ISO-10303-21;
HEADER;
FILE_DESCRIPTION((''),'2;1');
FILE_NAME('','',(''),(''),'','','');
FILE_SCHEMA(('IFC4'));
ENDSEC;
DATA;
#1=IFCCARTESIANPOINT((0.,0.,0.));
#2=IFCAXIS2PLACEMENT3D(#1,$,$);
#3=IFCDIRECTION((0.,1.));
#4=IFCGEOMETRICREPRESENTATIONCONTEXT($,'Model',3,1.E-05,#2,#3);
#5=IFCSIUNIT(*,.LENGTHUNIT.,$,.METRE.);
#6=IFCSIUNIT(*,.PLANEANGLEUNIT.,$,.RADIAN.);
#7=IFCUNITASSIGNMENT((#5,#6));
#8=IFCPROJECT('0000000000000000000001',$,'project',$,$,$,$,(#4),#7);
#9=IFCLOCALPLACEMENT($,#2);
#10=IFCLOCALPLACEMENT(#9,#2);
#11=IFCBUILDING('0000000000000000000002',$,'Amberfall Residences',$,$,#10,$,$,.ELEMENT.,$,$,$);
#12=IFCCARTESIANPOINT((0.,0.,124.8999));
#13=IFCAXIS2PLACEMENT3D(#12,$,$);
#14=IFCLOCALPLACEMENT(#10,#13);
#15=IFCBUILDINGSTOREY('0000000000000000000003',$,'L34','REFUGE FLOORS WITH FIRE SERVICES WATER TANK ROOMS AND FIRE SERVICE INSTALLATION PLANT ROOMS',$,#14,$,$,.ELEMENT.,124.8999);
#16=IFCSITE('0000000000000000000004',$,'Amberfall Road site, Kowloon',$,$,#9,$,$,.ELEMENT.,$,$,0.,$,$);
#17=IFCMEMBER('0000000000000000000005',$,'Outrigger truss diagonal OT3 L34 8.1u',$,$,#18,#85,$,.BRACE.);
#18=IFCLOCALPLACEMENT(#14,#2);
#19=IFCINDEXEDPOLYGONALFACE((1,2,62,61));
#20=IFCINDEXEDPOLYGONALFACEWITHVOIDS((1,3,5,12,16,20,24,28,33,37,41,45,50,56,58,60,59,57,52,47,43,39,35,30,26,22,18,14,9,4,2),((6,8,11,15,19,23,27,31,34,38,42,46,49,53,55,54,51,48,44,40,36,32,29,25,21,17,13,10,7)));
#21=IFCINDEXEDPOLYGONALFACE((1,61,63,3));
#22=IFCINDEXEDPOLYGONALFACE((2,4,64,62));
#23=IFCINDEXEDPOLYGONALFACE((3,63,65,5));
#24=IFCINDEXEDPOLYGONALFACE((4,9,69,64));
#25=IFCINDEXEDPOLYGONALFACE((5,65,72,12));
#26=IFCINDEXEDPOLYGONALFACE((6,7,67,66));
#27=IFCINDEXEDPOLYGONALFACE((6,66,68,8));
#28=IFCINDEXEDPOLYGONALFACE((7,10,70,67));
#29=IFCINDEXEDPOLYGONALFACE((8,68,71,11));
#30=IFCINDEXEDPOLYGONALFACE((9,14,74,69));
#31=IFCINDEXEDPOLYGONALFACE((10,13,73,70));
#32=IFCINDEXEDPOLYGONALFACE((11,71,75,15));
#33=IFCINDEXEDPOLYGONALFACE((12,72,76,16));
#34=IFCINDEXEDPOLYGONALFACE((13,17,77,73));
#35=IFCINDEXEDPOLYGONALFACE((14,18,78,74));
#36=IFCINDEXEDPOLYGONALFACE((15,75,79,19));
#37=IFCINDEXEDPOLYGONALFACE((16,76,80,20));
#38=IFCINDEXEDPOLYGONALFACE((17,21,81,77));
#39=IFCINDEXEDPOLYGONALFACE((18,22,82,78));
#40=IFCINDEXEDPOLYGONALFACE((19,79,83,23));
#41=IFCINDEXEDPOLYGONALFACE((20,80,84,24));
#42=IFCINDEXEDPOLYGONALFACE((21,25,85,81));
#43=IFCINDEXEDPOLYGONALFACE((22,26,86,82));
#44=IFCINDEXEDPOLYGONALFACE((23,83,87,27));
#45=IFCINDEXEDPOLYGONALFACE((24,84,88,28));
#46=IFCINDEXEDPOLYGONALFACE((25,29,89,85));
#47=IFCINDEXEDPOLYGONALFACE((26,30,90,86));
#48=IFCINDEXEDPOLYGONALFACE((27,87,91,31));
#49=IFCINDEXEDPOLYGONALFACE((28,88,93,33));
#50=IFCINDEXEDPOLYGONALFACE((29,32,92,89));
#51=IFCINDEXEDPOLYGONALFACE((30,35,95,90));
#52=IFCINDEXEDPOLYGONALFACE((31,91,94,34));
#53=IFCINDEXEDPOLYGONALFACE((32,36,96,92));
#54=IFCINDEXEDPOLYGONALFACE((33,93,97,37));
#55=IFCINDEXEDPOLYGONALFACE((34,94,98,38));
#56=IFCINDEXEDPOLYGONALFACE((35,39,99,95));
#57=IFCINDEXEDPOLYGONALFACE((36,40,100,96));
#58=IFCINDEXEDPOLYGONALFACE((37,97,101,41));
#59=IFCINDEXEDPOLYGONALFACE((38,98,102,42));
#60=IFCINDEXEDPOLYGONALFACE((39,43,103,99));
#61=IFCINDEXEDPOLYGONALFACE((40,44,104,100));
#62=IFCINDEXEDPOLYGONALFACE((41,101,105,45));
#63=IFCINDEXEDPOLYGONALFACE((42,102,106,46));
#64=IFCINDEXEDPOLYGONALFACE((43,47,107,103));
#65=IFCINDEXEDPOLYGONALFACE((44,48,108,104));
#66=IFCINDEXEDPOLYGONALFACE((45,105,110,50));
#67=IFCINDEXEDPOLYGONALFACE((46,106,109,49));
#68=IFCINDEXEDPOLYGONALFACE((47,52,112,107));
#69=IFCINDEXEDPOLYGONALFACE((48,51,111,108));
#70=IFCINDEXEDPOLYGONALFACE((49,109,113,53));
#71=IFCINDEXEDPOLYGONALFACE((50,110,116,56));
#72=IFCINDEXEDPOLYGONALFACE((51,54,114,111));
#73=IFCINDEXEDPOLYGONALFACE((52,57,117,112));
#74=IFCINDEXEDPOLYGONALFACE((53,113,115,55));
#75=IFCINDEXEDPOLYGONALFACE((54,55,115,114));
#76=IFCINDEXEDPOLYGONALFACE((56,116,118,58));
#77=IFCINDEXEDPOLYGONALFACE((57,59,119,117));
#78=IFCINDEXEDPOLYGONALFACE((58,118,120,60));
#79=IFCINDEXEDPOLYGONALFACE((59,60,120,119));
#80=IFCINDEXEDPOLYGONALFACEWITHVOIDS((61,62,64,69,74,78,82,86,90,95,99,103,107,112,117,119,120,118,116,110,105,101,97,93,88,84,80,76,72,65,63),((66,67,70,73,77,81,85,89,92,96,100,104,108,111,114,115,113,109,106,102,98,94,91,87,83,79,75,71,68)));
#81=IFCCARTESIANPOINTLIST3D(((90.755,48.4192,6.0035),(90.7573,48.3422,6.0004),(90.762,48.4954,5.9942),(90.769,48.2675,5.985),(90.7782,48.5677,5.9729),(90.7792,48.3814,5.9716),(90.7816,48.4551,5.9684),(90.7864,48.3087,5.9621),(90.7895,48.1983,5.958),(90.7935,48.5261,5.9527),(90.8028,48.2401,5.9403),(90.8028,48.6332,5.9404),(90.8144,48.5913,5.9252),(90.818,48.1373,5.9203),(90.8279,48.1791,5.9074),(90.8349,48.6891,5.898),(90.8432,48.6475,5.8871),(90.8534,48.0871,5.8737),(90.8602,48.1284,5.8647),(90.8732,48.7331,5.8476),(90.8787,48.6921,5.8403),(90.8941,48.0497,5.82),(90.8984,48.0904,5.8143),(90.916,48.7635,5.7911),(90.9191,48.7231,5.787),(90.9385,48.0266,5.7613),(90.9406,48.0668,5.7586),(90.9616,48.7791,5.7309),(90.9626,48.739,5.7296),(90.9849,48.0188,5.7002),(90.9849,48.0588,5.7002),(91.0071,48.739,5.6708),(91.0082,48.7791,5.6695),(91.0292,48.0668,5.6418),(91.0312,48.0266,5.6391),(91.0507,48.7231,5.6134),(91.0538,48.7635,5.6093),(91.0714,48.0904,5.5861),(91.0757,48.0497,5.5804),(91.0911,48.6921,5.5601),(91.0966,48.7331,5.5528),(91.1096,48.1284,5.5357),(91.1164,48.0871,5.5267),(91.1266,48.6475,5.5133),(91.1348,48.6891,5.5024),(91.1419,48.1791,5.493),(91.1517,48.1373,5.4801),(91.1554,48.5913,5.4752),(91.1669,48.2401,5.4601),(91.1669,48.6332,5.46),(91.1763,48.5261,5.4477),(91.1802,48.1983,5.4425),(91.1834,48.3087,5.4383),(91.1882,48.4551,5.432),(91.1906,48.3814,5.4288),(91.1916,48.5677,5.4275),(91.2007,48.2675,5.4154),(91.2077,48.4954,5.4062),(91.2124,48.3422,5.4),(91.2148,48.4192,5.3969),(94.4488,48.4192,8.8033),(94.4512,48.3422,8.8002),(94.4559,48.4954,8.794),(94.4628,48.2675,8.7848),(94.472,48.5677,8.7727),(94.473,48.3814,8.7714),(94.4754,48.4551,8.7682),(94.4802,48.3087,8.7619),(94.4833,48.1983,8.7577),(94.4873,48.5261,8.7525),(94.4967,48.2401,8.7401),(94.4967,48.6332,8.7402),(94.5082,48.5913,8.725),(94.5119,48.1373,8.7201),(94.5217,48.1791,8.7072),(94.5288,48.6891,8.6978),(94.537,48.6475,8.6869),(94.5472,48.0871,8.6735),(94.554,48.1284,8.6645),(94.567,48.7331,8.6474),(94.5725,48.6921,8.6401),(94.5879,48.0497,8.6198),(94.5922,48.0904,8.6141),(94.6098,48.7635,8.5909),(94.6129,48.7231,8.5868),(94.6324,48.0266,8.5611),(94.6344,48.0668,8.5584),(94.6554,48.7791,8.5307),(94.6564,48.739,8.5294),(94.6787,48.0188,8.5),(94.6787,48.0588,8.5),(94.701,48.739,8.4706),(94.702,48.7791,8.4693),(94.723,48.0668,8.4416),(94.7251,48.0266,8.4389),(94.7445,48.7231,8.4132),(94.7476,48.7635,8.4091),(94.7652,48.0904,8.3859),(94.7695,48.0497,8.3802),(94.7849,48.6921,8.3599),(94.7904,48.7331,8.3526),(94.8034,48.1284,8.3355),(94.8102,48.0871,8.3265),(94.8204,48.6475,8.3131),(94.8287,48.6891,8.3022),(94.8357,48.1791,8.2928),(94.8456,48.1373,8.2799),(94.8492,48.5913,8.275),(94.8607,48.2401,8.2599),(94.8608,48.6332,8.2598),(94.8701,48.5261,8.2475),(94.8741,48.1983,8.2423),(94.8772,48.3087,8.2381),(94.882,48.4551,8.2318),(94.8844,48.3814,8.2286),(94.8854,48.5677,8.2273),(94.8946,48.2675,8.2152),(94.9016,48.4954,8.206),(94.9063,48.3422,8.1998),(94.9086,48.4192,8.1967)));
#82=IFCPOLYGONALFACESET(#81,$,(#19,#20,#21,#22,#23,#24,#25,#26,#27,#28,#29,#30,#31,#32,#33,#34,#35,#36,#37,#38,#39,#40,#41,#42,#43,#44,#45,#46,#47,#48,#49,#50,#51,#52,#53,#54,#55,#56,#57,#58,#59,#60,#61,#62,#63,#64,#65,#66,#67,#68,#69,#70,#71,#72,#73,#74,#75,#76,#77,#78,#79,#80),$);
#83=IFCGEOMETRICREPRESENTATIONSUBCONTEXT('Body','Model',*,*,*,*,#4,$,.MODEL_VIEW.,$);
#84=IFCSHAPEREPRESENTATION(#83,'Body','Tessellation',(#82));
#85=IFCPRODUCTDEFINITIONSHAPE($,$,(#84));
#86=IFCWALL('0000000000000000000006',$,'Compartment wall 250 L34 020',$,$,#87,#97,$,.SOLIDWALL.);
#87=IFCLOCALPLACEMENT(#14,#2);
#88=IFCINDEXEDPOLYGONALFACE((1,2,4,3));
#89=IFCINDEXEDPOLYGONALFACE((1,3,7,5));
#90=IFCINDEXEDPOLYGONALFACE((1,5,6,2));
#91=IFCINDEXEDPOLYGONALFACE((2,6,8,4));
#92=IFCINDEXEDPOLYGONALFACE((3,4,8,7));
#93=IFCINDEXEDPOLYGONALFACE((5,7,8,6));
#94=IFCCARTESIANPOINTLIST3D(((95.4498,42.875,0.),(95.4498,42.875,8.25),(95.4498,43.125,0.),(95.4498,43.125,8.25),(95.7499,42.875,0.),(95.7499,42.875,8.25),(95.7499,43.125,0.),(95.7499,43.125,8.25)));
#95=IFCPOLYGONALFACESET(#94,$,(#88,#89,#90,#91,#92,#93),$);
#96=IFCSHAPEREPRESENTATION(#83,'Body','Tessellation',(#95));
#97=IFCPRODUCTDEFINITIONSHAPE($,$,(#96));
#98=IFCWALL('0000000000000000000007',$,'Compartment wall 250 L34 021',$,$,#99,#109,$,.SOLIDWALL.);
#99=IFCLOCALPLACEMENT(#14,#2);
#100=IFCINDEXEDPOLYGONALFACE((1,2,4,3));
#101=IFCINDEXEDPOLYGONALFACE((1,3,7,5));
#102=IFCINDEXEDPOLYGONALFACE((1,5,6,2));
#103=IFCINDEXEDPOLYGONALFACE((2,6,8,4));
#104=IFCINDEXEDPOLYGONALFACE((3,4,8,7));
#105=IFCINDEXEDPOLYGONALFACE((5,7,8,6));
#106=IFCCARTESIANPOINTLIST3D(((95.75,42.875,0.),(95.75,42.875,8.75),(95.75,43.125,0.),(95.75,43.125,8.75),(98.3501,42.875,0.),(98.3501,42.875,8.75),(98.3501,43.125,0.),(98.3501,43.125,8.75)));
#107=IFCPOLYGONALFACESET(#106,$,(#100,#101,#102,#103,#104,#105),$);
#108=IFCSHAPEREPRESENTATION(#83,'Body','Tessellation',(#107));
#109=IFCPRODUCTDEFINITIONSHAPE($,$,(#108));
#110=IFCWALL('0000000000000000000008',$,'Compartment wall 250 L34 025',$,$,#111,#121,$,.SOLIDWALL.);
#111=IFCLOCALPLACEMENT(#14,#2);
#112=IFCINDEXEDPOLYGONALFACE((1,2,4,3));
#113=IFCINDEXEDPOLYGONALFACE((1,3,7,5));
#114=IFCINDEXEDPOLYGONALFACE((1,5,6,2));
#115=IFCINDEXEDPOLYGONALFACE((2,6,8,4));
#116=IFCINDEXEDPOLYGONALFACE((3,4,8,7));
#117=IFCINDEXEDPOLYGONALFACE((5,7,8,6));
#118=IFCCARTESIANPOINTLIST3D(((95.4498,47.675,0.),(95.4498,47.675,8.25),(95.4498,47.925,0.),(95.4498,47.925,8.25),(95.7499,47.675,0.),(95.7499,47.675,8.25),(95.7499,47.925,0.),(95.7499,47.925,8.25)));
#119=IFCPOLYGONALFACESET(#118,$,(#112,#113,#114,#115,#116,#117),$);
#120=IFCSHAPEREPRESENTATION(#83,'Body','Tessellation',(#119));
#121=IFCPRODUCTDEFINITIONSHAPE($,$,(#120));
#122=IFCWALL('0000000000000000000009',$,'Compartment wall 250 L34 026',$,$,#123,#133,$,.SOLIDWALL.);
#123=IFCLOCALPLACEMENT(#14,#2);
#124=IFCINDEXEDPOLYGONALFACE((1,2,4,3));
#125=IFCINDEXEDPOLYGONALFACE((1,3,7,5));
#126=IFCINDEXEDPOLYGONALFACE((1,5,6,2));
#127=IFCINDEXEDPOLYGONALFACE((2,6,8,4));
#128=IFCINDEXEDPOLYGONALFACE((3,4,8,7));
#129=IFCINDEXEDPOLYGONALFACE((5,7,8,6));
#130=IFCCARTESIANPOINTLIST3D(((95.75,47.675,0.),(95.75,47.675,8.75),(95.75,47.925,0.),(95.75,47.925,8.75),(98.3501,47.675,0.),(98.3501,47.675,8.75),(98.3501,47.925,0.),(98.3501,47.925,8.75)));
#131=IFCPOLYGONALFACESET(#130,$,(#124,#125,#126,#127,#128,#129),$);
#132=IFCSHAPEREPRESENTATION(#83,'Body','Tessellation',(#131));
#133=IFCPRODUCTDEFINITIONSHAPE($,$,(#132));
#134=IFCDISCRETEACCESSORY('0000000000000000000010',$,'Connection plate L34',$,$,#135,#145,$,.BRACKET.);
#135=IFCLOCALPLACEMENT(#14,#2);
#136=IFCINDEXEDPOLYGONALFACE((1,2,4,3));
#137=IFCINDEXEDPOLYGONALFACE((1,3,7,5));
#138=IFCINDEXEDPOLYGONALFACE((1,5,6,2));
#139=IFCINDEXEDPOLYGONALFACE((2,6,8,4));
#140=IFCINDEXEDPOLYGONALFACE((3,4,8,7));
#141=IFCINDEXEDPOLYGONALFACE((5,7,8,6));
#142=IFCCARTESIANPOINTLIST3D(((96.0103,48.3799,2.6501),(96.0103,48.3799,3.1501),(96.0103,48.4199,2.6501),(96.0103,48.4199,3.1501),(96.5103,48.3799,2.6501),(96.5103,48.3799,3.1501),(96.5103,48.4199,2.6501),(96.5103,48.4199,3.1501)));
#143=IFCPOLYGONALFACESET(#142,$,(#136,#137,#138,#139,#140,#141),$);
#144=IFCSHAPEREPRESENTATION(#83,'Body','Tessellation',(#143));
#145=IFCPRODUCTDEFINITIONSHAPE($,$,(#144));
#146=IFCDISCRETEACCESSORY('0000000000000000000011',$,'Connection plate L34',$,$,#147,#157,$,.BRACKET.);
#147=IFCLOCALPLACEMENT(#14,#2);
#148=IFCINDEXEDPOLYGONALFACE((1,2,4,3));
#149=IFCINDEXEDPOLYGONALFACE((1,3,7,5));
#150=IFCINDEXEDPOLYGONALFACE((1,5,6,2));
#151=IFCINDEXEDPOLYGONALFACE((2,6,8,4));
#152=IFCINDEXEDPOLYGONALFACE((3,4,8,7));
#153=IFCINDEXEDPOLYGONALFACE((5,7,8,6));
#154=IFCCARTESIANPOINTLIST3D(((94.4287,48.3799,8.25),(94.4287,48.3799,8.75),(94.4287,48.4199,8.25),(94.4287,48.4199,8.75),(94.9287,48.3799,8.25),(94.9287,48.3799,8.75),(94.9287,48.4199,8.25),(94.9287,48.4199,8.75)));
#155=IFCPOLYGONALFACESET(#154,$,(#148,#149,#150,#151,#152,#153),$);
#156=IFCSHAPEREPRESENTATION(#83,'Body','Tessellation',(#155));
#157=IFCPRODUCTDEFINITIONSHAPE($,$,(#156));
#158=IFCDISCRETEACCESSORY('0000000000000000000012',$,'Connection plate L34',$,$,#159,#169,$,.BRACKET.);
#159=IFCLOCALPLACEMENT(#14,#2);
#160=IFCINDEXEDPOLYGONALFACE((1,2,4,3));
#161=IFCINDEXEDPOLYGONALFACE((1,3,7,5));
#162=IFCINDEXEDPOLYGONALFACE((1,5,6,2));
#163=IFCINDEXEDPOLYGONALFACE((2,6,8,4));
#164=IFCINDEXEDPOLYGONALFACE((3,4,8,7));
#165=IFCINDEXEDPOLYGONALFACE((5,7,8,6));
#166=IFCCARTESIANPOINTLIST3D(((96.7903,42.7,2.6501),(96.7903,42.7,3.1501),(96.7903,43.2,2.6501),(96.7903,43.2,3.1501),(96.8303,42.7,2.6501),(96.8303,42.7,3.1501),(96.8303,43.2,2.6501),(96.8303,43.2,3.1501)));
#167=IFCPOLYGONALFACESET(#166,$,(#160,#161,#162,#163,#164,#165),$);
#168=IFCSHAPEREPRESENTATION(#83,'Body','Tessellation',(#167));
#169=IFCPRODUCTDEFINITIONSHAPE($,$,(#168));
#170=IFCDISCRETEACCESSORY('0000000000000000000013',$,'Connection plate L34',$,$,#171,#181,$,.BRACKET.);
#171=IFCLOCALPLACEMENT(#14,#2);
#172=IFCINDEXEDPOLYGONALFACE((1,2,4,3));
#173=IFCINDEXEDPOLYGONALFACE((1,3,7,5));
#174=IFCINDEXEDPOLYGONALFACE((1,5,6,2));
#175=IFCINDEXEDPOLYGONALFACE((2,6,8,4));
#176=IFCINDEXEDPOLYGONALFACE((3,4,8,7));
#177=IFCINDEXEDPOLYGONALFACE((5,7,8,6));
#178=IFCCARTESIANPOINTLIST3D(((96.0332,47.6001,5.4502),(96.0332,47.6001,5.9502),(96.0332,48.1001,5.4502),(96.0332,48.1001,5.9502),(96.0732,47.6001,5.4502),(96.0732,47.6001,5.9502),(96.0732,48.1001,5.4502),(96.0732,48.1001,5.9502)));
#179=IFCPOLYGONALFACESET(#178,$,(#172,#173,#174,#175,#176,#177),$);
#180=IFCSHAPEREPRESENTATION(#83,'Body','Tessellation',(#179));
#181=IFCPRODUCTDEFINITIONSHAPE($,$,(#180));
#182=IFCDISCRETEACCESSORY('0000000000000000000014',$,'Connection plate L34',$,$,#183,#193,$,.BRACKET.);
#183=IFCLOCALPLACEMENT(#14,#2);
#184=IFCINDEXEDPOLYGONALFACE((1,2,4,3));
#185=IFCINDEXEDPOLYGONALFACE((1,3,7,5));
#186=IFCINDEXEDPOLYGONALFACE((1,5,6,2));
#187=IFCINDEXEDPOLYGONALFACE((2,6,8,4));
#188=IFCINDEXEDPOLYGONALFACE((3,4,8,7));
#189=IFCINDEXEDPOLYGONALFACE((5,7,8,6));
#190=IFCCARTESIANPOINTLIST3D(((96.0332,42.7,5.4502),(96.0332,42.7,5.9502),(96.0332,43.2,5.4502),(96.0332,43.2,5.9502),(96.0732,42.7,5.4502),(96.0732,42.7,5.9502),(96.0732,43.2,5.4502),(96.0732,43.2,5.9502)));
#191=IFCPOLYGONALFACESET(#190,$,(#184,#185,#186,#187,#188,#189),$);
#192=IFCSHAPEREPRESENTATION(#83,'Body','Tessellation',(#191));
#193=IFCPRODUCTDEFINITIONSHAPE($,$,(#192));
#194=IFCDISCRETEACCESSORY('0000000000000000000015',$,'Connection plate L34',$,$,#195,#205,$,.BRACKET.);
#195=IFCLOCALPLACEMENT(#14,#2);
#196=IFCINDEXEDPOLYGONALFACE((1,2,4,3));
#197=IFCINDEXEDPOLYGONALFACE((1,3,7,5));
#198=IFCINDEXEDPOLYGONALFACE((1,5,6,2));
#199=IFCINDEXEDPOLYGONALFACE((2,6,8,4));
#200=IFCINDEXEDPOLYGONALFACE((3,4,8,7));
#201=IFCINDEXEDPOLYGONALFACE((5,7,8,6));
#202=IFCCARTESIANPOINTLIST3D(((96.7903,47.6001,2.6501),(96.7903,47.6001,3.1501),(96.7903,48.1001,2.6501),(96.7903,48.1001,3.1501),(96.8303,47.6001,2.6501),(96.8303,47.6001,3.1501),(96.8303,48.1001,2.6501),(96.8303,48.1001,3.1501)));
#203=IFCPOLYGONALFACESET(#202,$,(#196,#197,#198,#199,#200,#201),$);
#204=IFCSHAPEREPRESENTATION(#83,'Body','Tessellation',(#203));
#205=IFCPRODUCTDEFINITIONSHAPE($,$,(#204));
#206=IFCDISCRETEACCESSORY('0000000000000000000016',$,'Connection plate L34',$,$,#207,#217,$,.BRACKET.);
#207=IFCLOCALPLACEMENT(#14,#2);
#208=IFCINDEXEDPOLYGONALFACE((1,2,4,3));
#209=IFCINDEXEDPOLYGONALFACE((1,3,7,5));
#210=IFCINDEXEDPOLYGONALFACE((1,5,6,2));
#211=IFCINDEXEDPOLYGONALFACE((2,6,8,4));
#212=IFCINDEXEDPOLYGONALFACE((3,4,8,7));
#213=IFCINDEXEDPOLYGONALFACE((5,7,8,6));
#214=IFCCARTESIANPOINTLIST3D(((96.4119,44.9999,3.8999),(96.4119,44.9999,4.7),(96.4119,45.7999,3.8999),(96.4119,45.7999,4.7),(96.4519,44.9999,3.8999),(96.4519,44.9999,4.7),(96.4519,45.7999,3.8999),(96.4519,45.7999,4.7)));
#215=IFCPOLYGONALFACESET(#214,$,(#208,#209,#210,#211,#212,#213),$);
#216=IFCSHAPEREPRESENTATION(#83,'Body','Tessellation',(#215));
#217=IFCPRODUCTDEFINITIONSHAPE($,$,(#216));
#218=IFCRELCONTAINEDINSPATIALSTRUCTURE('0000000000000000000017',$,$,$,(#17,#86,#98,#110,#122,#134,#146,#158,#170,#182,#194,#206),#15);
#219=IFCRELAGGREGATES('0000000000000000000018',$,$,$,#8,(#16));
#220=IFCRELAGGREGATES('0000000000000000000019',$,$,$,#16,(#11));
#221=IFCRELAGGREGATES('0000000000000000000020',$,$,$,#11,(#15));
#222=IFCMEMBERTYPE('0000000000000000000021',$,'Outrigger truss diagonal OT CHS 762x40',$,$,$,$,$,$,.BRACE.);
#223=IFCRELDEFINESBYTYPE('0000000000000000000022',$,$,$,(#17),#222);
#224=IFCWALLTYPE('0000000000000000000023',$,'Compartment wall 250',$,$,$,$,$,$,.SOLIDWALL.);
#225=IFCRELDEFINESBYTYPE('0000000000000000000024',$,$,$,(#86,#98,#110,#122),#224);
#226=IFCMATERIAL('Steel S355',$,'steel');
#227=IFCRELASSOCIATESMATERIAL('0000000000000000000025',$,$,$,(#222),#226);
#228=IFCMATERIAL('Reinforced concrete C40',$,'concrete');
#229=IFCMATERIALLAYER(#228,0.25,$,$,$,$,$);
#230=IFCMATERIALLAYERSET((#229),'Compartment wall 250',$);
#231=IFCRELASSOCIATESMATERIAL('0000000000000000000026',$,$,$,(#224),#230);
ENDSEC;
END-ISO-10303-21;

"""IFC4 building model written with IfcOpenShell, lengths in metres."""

from ifc_helpers import new_model, si_unit, direction, frame, frame_2d, origin, origin_2d, place, context, subcontext, project, spatial, rectangle, hollow_circle, extrude, material, layer, layer_set, material_profile, profile_set, type_object, element, save


model = new_model("IFC4")

# Units and contexts
model_context = context("Model", 3, precision=1e-05, world=origin(), true_north=direction((0.0, 1.0)))
body_context = subcontext(model_context, "Body", "Model", "MODEL_VIEW")
ifc_project = project(units=[si_unit("LENGTHUNIT", "METRE"), si_unit("PLANEANGLEUNIT", "RADIAN")], contexts=[model_context])

# Site, building, storey
site_placement = place(None, origin())
site = spatial("IfcSite", under=ifc_project, at=site_placement, Name="Amberfall Road site, Kowloon", CompositionType="ELEMENT", RefElevation=0.0)
building_placement = place(site_placement, origin())
building = spatial("IfcBuilding", under=site, at=building_placement, Name="Amberfall Residences", CompositionType="ELEMENT")
storey_placement = place(building_placement, frame((0.0, 0.0, 124.8999)))
storey = spatial("IfcBuildingStorey", under=building, at=storey_placement, Name="L34", Description="REFUGE FLOORS WITH FIRE SERVICES WATER TANK ROOMS AND FIRE SERVICE INSTALLATION PLANT ROOMS", CompositionType="ELEMENT", Elevation=124.8999)

# Shared definitions
ifc_material_1 = material(Name="Steel S355", Category="steel")

# Member
ifc_material_profile_1 = material_profile(ifc_material_1, hollow_circle(Radius=0.3811, WallThickness=0.04, at=origin_2d()), Name="CHS 762x40")
ifc_profile_set_1 = profile_set([ifc_material_profile_1], Name="Steel S355")
member_type_1 = type_object("IfcMemberType", Name="Outrigger truss diagonal OT CHS 762x40", PredefinedType="BRACE", material=ifc_profile_set_1)
member_1_placement = place(storey_placement, frame((94.6787, 48.3999, 8.5), z_axis=(-0.796943, 0.0, -0.604054), x_axis=(0.0, -1.0, 0.0)))
element("IfcMember", 1, at=member_1_placement, inside=storey, type_object=member_type_1, Name="Outrigger truss diagonal OT3 L34 8.1u", PredefinedType="BRACE", context=body_context, shape_type="SweptSolid", body=[
    extrude(hollow_circle(Radius=0.3811, WallThickness=0.04, at=origin_2d()), origin(), (0.0, 0.0, 1.0), 4.635),
])

# Walls
ifc_material_2 = material(Name="Reinforced concrete C40", Category="concrete")
ifc_layer = layer(ifc_material_2, 0.25)
ifc_layer_set = layer_set([ifc_layer], Name="Compartment wall 250")
wall_type = type_object("IfcWallType", Name="Compartment wall 250", PredefinedType="SOLIDWALL", material=ifc_layer_set)
wall_1_placement = place(storey_placement, frame((95.45, 43.0, 0.0), z_axis=(0.0, 0.0, 1.0), x_axis=(1.0, 0.0, 0.0)))
element("IfcWall", 2, at=wall_1_placement, inside=storey, type_object=wall_type, Name="Compartment wall 250 L34 020", PredefinedType="SOLIDWALL", context=body_context, shape_type="SweptSolid", body=[
    extrude(rectangle(XDim=0.3, YDim=0.25, at=frame_2d((0.1499, 0.0))), origin(), (0.0, 0.0, 1.0), 8.25),
])
wall_2_placement = place(storey_placement, frame((95.75, 43.0, 0.0), z_axis=(0.0, 0.0, 1.0), x_axis=(1.0, 0.0, 0.0)))
element("IfcWall", 3, at=wall_2_placement, inside=storey, type_object=wall_type, Name="Compartment wall 250 L34 021", PredefinedType="SOLIDWALL", context=body_context, shape_type="SweptSolid", body=[
    extrude(rectangle(XDim=2.6001, YDim=0.25, at=frame_2d((1.3, 0.0))), origin(), (0.0, 0.0, 1.0), 8.75),
])
wall_3_placement = place(storey_placement, frame((95.45, 47.8, 0.0), z_axis=(0.0, 0.0, 1.0), x_axis=(1.0, 0.0, 0.0)))
element("IfcWall", 4, at=wall_3_placement, inside=storey, type_object=wall_type, Name="Compartment wall 250 L34 025", PredefinedType="SOLIDWALL", context=body_context, shape_type="SweptSolid", body=[
    extrude(rectangle(XDim=0.3, YDim=0.25, at=frame_2d((0.1499, 0.0))), origin(), (0.0, 0.0, 1.0), 8.25),
])
wall_4_placement = place(storey_placement, frame((95.75, 47.8, 0.0), z_axis=(0.0, 0.0, 1.0), x_axis=(1.0, 0.0, 0.0)))
element("IfcWall", 5, at=wall_4_placement, inside=storey, type_object=wall_type, Name="Compartment wall 250 L34 026", PredefinedType="SOLIDWALL", context=body_context, shape_type="SweptSolid", body=[
    extrude(rectangle(XDim=2.6001, YDim=0.25, at=frame_2d((1.3, 0.0))), origin(), (0.0, 0.0, 1.0), 8.75),
])

# Discrete accessories
for number, where, z_axis, x_axis, name in (
    (6, (96.2603, 48.3999, 2.6501), (0.0, 0.0, 1.0), (1.0, 0.0, 0.0), "Connection plate L34"),
    (7, (94.6787, 48.3999, 8.25), (0.0, 0.0, 1.0), (1.0, 0.0, 0.0), "Connection plate L34"),
    (8, (96.8103, 42.95, 2.6501), (0.0, 0.0, 1.0), (0.0, 1.0, 0.0), "Connection plate L34"),
    (9, (96.0532, 47.8501, 5.4502), (0.0, 0.0, 1.0), (0.0, 1.0, 0.0), "Connection plate L34"),
    (10, (96.0532, 42.95, 5.4502), (0.0, 0.0, 1.0), (0.0, 1.0, 0.0), "Connection plate L34"),
    (11, (96.8103, 47.8501, 2.6501), (0.0, 0.0, 1.0), (0.0, 1.0, 0.0), "Connection plate L34"),
):
    element("IfcDiscreteAccessory", number, at=place(storey_placement, frame(where, z_axis=z_axis, x_axis=x_axis)), inside=storey, Name=name, PredefinedType="BRACKET", context=body_context, shape_type="SweptSolid", body=[
        extrude(rectangle(XDim=0.5, YDim=0.04, at=origin_2d()), origin(), (0.0, 0.0, 1.0), 0.5),
    ])
discrete_accessory_1_placement = place(storey_placement, frame((96.4319, 45.3999, 3.8999), z_axis=(0.0, 0.0, 1.0), x_axis=(0.0, 1.0, 0.0)))
element("IfcDiscreteAccessory", 12, at=discrete_accessory_1_placement, inside=storey, Name="Connection plate L34", PredefinedType="BRACKET", context=body_context, shape_type="SweptSolid", body=[
    extrude(rectangle(XDim=0.8, YDim=0.04, at=origin_2d()), origin(), (0.0, 0.0, 1.0), 0.8),
])

save(model, "model.ifc")
